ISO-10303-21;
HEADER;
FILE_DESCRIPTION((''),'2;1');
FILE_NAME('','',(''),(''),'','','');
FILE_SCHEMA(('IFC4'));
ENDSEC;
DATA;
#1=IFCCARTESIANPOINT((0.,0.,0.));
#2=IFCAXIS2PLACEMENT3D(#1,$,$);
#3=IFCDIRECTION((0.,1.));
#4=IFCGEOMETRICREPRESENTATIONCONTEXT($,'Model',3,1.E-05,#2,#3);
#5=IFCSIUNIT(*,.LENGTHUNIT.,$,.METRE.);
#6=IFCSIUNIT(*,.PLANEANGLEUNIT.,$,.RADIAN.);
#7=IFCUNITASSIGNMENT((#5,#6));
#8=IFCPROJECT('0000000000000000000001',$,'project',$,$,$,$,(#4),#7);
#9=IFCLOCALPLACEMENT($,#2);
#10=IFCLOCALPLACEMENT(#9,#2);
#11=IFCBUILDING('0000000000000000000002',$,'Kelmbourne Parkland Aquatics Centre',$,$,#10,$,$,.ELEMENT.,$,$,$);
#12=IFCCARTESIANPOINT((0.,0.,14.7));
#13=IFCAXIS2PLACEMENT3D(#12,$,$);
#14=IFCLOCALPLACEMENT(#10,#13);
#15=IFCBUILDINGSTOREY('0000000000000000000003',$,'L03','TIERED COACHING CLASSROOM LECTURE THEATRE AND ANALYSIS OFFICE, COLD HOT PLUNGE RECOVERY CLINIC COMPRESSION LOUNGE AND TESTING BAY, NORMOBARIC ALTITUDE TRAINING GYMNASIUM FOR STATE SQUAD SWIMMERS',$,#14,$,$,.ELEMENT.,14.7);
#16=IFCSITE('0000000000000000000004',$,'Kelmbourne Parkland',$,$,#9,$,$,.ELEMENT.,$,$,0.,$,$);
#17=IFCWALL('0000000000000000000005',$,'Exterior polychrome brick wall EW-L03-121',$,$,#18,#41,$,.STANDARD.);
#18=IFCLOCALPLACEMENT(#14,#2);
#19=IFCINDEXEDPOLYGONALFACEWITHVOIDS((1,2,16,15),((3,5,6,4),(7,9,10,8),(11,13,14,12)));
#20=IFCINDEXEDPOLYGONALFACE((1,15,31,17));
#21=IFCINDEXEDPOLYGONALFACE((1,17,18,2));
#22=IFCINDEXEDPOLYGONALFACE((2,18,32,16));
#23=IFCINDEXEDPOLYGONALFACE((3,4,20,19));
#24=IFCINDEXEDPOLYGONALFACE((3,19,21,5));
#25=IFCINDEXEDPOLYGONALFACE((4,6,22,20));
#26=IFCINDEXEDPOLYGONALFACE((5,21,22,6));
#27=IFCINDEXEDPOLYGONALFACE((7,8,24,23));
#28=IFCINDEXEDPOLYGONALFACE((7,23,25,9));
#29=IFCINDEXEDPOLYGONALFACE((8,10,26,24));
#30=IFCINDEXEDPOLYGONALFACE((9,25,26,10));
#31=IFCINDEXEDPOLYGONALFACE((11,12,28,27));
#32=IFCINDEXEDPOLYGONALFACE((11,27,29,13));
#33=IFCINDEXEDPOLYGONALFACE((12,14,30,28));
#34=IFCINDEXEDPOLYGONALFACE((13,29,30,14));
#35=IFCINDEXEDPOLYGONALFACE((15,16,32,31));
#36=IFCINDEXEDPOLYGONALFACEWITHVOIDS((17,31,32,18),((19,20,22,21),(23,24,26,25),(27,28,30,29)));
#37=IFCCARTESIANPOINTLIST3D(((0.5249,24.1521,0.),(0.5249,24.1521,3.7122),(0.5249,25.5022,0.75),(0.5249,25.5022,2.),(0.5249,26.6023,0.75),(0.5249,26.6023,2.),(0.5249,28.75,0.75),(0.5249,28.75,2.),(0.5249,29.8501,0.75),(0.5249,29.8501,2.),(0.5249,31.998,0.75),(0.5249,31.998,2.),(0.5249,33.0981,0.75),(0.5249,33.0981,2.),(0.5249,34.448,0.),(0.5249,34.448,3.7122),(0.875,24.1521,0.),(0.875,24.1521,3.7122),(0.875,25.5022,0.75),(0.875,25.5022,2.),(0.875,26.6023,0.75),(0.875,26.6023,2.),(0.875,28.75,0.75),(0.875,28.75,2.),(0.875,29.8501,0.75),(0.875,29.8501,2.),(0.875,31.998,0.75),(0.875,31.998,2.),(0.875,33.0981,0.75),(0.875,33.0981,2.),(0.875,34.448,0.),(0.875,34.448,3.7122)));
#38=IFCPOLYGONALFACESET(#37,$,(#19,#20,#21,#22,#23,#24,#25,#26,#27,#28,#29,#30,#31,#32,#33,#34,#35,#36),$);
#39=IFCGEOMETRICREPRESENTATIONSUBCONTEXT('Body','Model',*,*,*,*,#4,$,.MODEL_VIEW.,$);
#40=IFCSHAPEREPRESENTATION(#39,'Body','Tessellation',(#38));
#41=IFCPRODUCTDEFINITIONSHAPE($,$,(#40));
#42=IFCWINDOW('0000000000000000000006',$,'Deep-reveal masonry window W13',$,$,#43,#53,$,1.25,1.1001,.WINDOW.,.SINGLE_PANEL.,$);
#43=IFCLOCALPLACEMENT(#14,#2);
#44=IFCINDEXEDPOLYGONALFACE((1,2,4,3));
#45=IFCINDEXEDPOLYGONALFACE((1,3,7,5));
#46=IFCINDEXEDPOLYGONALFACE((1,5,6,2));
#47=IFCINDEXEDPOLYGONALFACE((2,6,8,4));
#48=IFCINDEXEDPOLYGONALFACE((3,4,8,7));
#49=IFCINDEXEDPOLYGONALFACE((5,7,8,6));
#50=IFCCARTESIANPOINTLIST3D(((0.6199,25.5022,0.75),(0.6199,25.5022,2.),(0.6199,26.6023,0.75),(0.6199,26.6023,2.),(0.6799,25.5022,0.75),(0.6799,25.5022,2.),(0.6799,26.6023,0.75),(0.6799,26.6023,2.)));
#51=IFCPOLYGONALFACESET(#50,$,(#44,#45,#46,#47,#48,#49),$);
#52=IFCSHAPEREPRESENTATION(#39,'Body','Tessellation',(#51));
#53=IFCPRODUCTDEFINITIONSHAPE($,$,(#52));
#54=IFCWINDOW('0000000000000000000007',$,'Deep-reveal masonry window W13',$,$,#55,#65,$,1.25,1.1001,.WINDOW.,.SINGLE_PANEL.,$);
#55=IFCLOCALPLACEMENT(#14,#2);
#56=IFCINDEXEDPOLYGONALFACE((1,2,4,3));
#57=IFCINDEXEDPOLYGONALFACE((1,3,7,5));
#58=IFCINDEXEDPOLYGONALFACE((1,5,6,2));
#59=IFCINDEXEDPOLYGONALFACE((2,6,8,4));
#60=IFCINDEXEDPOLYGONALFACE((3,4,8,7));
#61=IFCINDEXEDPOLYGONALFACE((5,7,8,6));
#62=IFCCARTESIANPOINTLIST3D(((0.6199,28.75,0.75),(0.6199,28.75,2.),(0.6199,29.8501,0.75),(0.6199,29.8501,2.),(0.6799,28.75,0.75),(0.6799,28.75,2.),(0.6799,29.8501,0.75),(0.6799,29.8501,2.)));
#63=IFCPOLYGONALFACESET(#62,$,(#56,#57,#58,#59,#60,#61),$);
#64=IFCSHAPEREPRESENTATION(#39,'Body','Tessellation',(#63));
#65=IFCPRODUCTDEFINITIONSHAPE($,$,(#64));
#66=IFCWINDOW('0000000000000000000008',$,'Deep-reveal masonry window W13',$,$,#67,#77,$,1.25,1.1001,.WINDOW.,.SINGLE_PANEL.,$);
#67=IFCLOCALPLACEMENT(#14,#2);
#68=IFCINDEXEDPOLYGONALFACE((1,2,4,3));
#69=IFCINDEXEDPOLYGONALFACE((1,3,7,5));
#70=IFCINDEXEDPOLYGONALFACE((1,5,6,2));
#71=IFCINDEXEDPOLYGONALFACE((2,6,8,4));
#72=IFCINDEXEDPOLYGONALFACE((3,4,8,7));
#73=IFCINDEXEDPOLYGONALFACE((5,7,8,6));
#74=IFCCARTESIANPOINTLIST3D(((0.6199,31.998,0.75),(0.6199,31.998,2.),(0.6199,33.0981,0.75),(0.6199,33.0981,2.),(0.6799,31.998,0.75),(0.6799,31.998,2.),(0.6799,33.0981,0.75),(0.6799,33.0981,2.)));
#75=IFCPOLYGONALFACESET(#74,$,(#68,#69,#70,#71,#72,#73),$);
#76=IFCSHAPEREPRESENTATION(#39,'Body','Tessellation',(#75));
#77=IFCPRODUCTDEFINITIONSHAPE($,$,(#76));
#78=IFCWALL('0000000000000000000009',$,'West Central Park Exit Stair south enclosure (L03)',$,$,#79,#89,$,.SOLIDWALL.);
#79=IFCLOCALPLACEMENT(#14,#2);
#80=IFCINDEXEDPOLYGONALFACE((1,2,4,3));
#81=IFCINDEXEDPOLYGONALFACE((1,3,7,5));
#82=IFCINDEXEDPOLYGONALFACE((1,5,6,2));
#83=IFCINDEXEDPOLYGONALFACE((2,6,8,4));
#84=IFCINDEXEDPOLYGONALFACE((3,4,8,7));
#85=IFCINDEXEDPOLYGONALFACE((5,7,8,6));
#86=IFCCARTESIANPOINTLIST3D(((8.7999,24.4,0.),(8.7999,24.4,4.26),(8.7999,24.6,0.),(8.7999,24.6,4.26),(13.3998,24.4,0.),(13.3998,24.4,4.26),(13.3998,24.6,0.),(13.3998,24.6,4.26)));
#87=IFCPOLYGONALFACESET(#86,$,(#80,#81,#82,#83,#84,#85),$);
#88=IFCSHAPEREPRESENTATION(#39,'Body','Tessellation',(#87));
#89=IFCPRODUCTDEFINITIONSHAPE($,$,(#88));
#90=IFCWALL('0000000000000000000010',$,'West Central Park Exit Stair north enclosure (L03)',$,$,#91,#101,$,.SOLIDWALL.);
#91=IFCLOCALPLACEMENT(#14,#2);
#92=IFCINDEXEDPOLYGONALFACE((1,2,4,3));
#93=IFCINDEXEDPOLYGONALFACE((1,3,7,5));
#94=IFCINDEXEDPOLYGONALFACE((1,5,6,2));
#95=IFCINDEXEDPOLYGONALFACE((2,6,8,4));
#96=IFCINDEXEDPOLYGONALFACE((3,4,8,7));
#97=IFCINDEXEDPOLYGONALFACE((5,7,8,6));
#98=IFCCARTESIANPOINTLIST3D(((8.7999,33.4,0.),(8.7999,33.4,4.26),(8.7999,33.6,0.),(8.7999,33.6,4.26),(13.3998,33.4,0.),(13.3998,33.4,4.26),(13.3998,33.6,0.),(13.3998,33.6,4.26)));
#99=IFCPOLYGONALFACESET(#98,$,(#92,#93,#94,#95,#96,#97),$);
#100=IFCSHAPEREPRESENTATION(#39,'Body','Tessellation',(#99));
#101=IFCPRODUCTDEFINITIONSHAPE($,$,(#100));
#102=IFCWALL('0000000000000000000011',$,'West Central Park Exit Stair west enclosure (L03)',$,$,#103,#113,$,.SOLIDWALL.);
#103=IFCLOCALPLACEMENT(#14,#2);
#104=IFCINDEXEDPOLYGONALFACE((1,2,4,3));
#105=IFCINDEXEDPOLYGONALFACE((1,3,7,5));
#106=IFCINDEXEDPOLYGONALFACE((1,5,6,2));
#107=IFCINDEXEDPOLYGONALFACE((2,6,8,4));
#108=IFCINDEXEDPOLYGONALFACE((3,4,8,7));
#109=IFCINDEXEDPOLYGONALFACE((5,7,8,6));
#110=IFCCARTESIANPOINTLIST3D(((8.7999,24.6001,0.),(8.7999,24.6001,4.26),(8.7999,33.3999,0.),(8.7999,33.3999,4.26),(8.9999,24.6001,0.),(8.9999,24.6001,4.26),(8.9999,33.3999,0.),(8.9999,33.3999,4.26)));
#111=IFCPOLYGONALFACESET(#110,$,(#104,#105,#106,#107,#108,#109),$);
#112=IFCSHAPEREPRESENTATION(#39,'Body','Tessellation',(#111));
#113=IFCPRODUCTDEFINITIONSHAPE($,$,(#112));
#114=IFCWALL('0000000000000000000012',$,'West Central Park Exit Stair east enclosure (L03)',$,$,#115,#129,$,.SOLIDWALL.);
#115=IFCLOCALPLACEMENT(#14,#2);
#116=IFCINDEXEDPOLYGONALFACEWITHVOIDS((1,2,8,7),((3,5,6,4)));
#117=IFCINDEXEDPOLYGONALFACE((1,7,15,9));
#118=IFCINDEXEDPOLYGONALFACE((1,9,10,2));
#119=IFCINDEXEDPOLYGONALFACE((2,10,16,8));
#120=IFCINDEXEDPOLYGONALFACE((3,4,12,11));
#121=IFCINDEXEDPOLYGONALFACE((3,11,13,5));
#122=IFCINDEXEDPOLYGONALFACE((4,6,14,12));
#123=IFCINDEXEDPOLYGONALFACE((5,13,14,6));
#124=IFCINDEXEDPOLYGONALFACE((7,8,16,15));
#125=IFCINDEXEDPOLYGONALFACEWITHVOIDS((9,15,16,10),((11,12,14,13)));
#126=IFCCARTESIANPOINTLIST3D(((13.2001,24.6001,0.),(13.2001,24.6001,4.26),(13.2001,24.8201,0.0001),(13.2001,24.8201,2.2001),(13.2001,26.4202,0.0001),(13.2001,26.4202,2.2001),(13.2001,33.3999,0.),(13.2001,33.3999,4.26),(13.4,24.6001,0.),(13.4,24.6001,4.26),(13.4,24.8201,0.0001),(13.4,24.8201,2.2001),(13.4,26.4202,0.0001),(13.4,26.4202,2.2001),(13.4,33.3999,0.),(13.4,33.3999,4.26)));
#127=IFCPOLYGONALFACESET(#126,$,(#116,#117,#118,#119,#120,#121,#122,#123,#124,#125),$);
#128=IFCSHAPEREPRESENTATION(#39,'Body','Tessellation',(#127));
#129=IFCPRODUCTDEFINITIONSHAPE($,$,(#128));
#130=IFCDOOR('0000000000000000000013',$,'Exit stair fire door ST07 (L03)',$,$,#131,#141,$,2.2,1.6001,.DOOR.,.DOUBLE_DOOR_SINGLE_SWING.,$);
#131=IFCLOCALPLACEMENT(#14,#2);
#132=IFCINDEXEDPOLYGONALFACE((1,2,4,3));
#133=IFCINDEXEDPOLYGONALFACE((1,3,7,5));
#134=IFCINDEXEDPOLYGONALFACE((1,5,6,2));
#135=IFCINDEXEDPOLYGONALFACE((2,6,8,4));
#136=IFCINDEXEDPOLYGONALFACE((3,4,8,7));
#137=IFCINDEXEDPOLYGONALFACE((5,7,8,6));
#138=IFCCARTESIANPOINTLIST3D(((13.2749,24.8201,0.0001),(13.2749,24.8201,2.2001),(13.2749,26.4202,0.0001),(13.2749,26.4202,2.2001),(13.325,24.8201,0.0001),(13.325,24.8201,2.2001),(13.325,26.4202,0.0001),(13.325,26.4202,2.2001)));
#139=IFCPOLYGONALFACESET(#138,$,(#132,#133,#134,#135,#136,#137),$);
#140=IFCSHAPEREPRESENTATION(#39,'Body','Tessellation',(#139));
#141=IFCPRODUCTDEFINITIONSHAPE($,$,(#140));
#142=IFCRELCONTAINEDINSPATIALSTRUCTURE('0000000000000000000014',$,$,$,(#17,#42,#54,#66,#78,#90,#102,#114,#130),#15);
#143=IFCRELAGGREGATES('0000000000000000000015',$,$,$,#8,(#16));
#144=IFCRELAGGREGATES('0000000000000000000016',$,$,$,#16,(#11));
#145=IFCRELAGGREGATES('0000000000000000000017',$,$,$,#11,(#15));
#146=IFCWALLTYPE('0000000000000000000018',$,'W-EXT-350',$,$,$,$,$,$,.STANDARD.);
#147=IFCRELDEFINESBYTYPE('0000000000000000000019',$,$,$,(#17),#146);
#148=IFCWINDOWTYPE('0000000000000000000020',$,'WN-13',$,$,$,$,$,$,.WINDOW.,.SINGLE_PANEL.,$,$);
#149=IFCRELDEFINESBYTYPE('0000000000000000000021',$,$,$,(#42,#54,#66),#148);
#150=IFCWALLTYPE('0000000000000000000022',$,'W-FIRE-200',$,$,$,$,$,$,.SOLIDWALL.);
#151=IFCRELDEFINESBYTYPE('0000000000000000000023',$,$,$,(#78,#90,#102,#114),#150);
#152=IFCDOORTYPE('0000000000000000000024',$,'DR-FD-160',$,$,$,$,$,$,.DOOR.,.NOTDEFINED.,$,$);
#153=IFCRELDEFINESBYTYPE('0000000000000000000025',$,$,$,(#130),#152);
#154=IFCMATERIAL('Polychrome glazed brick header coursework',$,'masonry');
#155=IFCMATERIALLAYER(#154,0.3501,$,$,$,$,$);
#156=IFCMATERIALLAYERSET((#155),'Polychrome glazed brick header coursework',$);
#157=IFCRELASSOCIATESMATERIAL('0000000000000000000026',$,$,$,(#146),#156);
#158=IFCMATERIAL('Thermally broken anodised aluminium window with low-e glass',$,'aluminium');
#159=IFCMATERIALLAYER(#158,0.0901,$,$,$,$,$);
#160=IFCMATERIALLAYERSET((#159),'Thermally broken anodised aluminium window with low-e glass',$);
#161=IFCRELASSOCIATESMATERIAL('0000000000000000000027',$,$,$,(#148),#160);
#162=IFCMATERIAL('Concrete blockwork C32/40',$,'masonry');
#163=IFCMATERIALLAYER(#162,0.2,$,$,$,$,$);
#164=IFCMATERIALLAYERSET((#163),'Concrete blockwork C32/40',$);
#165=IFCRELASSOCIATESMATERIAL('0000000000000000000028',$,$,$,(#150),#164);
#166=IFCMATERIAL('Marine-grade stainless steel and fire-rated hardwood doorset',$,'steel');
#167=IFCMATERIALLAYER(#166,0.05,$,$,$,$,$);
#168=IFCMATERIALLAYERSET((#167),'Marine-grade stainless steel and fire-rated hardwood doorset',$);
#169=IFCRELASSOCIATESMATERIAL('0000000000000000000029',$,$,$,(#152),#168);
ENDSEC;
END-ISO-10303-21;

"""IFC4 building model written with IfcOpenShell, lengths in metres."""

from ifc_helpers import new_model, si_unit, direction, frame, frame_2d, origin, place, context, subcontext, project, spatial, rectangle, extrude, material, layer, layer_set, type_object, element, fill, save


model = new_model("IFC4")

# Units and contexts
model_context = context("Model", 3, precision=1e-05, world=origin(), true_north=direction((0.0, 1.0)))
body_context = subcontext(model_context, "Body", "Model", "MODEL_VIEW")
ifc_project = project(units=[si_unit("LENGTHUNIT", "METRE"), si_unit("PLANEANGLEUNIT", "RADIAN")], contexts=[model_context])

# Site, building, storey
site_placement = place(None, origin())
site = spatial("IfcSite", under=ifc_project, at=site_placement, Name="Kelmbourne Parkland", CompositionType="ELEMENT", RefElevation=0.0)
building_placement = place(site_placement, origin())
building = spatial("IfcBuilding", under=site, at=building_placement, Name="Kelmbourne Parkland Aquatics Centre", CompositionType="ELEMENT")
storey_placement = place(building_placement, frame((0.0, 0.0, 14.7)))
storey = spatial("IfcBuildingStorey", under=building, at=storey_placement, Name="L03", Description="TIERED COACHING CLASSROOM LECTURE THEATRE AND ANALYSIS OFFICE, COLD HOT PLUNGE RECOVERY CLINIC COMPRESSION LOUNGE AND TESTING BAY, NORMOBARIC ALTITUDE TRAINING GYMNASIUM FOR STATE SQUAD SWIMMERS", CompositionType="ELEMENT", Elevation=14.7)

# Wall, openings, windows
ifc_material_1 = material(Name="Polychrome glazed brick header coursework", Category="masonry")
ifc_layer_1 = layer(ifc_material_1, 0.3501)
ifc_layer_set_1 = layer_set([ifc_layer_1], Name="Polychrome glazed brick header coursework")
wall_type_1 = type_object("IfcWallType", Name="W-EXT-350", PredefinedType="STANDARD", material=ifc_layer_set_1)
wall_1_placement = place(storey_placement, frame((0.7, 24.1521, 0.0), z_axis=(0.0, 0.0, 1.0), x_axis=(0.0, 1.0, 0.0)))
wall_1 = element("IfcWall", 1, at=wall_1_placement, inside=storey, type_object=wall_type_1, Name="Exterior polychrome brick wall EW-L03-121", PredefinedType="STANDARD", context=body_context, shape_type="SweptSolid", body=[
    extrude(rectangle(XDim=10.2959, YDim=0.3501, at=frame_2d((5.1479, 0.0))), origin(), (0.0, 0.0, 1.0), 3.7122),
])
opening_1_placement = place(wall_1_placement, frame((1.3501, 0.0, 0.75)))
opening_1 = element("IfcOpeningElement", 2, at=opening_1_placement, cuts=wall_1, PredefinedType="OPENING", context=body_context, shape_type="SweptSolid", body=[
    extrude(rectangle(XDim=1.1001, YDim=1.25, at=frame_2d((0.55, 0.625))), frame((0.0, 0.187, 0.0), z_axis=(0.0, -1.0, 0.0), x_axis=(1.0, 0.0, 0.0)), (0.0, 0.0, 1.0), 0.374),
])
opening_2_placement = place(wall_1_placement, frame((4.5979, 0.0, 0.75)))
opening_2 = element("IfcOpeningElement", 3, at=opening_2_placement, cuts=wall_1, PredefinedType="OPENING", context=body_context, shape_type="SweptSolid", body=[
    extrude(rectangle(XDim=1.1001, YDim=1.25, at=frame_2d((0.55, 0.625))), frame((0.0, 0.187, 0.0), z_axis=(0.0, -1.0, 0.0), x_axis=(1.0, 0.0, 0.0)), (0.0, 0.0, 1.0), 0.374),
])
opening_3_placement = place(wall_1_placement, frame((7.8459, 0.0, 0.75)))
opening_3 = element("IfcOpeningElement", 4, at=opening_3_placement, cuts=wall_1, PredefinedType="OPENING", context=body_context, shape_type="SweptSolid", body=[
    extrude(rectangle(XDim=1.1001, YDim=1.25, at=frame_2d((0.55, 0.625))), frame((0.0, 0.187, 0.0), z_axis=(0.0, -1.0, 0.0), x_axis=(1.0, 0.0, 0.0)), (0.0, 0.0, 1.0), 0.374),
])
ifc_material_2 = material(Name="Thermally broken anodised aluminium window with low-e glass", Category="aluminium")
ifc_layer_2 = layer(ifc_material_2, 0.0901)
ifc_layer_set_2 = layer_set([ifc_layer_2], Name="Thermally broken anodised aluminium window with low-e glass")
window_type = type_object("IfcWindowType", Name="WN-13", PartitioningType="SINGLE_PANEL", PredefinedType="WINDOW", material=ifc_layer_set_2)
window_1_placement = place(opening_1_placement, origin())
window_1 = element("IfcWindow", 5, at=window_1_placement, inside=storey, type_object=window_type, Name="Deep-reveal masonry window W13", OverallHeight=1.25, OverallWidth=1.1001, PartitioningType="SINGLE_PANEL", PredefinedType="WINDOW", context=body_context, shape_type="SweptSolid", body=[
    extrude(rectangle(XDim=1.1001, YDim=1.25, at=frame_2d((0.55, 0.625))), frame((0.0, 0.0801, 0.0), z_axis=(0.0, -1.0, 0.0), x_axis=(1.0, 0.0, 0.0)), (0.0, 0.0, 1.0), 0.0601),
])
fill(opening_1, window_1)
window_2_placement = place(opening_2_placement, origin())
window_2 = element("IfcWindow", 6, at=window_2_placement, inside=storey, type_object=window_type, Name="Deep-reveal masonry window W13", OverallHeight=1.25, OverallWidth=1.1001, PartitioningType="SINGLE_PANEL", PredefinedType="WINDOW", context=body_context, shape_type="SweptSolid", body=[
    extrude(rectangle(XDim=1.1001, YDim=1.25, at=frame_2d((0.55, 0.625))), frame((0.0, 0.0801, 0.0), z_axis=(0.0, -1.0, 0.0), x_axis=(1.0, 0.0, 0.0)), (0.0, 0.0, 1.0), 0.0601),
])
fill(opening_2, window_2)
window_3_placement = place(opening_3_placement, origin())
window_3 = element("IfcWindow", 7, at=window_3_placement, inside=storey, type_object=window_type, Name="Deep-reveal masonry window W13", OverallHeight=1.25, OverallWidth=1.1001, PartitioningType="SINGLE_PANEL", PredefinedType="WINDOW", context=body_context, shape_type="SweptSolid", body=[
    extrude(rectangle(XDim=1.1001, YDim=1.25, at=frame_2d((0.55, 0.625))), frame((0.0, 0.0801, 0.0), z_axis=(0.0, -1.0, 0.0), x_axis=(1.0, 0.0, 0.0)), (0.0, 0.0, 1.0), 0.0601),
])
fill(opening_3, window_3)

# Walls
ifc_material_3 = material(Name="Concrete blockwork C32/40", Category="masonry")
ifc_layer_3 = layer(ifc_material_3, 0.2)
ifc_layer_set_3 = layer_set([ifc_layer_3], Name="Concrete blockwork C32/40")
wall_type_2 = type_object("IfcWallType", Name="W-FIRE-200", PredefinedType="SOLIDWALL", material=ifc_layer_set_3)
for number, where, z_axis, x_axis, name in (
    (8, (8.8, 24.5, 0.0), (0.0, 0.0, 1.0), (1.0, 0.0, 0.0), "West Central Park Exit Stair south enclosure (L03)"),
    (9, (8.8, 33.5, 0.0), (0.0, 0.0, 1.0), (1.0, 0.0, 0.0), "West Central Park Exit Stair north enclosure (L03)"),
):
    element("IfcWall", number, at=place(storey_placement, frame(where, z_axis=z_axis, x_axis=x_axis)), inside=storey, type_object=wall_type_2, Name=name, PredefinedType="SOLIDWALL", context=body_context, shape_type="SweptSolid", body=[
        extrude(rectangle(XDim=4.5999, YDim=0.2, at=frame_2d((2.2998, 0.0))), origin(), (0.0, 0.0, 1.0), 4.26),
    ])
wall_2_placement = place(storey_placement, frame((8.8999, 24.6001, 0.0), z_axis=(0.0, 0.0, 1.0), x_axis=(0.0, 1.0, 0.0)))
element("IfcWall", 10, at=wall_2_placement, inside=storey, type_object=wall_type_2, Name="West Central Park Exit Stair west enclosure (L03)", PredefinedType="SOLIDWALL", context=body_context, shape_type="SweptSolid", body=[
    extrude(rectangle(XDim=8.7998, YDim=0.2, at=frame_2d((4.3999, 0.0))), origin(), (0.0, 0.0, 1.0), 4.26),
])

# Wall, opening, door
wall_3_placement = place(storey_placement, frame((13.3, 24.6001, 0.0), z_axis=(0.0, 0.0, 1.0), x_axis=(0.0, 1.0, 0.0)))
wall_3 = element("IfcWall", 11, at=wall_3_placement, inside=storey, type_object=wall_type_2, Name="West Central Park Exit Stair east enclosure (L03)", PredefinedType="SOLIDWALL", context=body_context, shape_type="SweptSolid", body=[
    extrude(rectangle(XDim=8.7998, YDim=0.2, at=frame_2d((4.3999, 0.0))), origin(), (0.0, 0.0, 1.0), 4.26),
])
opening_4_placement = place(wall_3_placement, frame((0.22, 0.0, 0.0)))
opening_4 = element("IfcOpeningElement", 12, at=opening_4_placement, cuts=wall_3, PredefinedType="OPENING", context=body_context, shape_type="SweptSolid", body=[
    extrude(rectangle(XDim=1.6001, YDim=2.2, at=frame_2d((0.8, 1.1001))), frame((0.0, 0.1118, 0.0), z_axis=(0.0, -1.0, 0.0), x_axis=(1.0, 0.0, 0.0)), (0.0, 0.0, 1.0), 0.2239),
])
ifc_material_4 = material(Name="Marine-grade stainless steel and fire-rated hardwood doorset", Category="steel")
ifc_layer_4 = layer(ifc_material_4, 0.05)
ifc_layer_set_4 = layer_set([ifc_layer_4], Name="Marine-grade stainless steel and fire-rated hardwood doorset")
door_type = type_object("IfcDoorType", Name="DR-FD-160", OperationType="NOTDEFINED", PredefinedType="DOOR", material=ifc_layer_set_4)
door_placement = place(opening_4_placement, frame((1.6001, 0.0, 0.0), z_axis=(0.0, 0.0, 1.0), x_axis=(-1.0, 0.0, 0.0)))
door = element("IfcDoor", 13, at=door_placement, inside=storey, type_object=door_type, Name="Exit stair fire door ST07 (L03)", OperationType="DOUBLE_DOOR_SINGLE_SWING", OverallHeight=2.2, OverallWidth=1.6001, PredefinedType="DOOR", context=body_context, shape_type="SweptSolid", body=[
    extrude(rectangle(XDim=1.6001, YDim=2.2, at=frame_2d((0.8, 1.1001))), frame((0.0, 0.0249, 0.0), z_axis=(0.0, -1.0, 0.0), x_axis=(1.0, 0.0, 0.0)), (0.0, 0.0, 1.0), 0.05),
])
fill(opening_4, door)

save(model, "model.ifc")
